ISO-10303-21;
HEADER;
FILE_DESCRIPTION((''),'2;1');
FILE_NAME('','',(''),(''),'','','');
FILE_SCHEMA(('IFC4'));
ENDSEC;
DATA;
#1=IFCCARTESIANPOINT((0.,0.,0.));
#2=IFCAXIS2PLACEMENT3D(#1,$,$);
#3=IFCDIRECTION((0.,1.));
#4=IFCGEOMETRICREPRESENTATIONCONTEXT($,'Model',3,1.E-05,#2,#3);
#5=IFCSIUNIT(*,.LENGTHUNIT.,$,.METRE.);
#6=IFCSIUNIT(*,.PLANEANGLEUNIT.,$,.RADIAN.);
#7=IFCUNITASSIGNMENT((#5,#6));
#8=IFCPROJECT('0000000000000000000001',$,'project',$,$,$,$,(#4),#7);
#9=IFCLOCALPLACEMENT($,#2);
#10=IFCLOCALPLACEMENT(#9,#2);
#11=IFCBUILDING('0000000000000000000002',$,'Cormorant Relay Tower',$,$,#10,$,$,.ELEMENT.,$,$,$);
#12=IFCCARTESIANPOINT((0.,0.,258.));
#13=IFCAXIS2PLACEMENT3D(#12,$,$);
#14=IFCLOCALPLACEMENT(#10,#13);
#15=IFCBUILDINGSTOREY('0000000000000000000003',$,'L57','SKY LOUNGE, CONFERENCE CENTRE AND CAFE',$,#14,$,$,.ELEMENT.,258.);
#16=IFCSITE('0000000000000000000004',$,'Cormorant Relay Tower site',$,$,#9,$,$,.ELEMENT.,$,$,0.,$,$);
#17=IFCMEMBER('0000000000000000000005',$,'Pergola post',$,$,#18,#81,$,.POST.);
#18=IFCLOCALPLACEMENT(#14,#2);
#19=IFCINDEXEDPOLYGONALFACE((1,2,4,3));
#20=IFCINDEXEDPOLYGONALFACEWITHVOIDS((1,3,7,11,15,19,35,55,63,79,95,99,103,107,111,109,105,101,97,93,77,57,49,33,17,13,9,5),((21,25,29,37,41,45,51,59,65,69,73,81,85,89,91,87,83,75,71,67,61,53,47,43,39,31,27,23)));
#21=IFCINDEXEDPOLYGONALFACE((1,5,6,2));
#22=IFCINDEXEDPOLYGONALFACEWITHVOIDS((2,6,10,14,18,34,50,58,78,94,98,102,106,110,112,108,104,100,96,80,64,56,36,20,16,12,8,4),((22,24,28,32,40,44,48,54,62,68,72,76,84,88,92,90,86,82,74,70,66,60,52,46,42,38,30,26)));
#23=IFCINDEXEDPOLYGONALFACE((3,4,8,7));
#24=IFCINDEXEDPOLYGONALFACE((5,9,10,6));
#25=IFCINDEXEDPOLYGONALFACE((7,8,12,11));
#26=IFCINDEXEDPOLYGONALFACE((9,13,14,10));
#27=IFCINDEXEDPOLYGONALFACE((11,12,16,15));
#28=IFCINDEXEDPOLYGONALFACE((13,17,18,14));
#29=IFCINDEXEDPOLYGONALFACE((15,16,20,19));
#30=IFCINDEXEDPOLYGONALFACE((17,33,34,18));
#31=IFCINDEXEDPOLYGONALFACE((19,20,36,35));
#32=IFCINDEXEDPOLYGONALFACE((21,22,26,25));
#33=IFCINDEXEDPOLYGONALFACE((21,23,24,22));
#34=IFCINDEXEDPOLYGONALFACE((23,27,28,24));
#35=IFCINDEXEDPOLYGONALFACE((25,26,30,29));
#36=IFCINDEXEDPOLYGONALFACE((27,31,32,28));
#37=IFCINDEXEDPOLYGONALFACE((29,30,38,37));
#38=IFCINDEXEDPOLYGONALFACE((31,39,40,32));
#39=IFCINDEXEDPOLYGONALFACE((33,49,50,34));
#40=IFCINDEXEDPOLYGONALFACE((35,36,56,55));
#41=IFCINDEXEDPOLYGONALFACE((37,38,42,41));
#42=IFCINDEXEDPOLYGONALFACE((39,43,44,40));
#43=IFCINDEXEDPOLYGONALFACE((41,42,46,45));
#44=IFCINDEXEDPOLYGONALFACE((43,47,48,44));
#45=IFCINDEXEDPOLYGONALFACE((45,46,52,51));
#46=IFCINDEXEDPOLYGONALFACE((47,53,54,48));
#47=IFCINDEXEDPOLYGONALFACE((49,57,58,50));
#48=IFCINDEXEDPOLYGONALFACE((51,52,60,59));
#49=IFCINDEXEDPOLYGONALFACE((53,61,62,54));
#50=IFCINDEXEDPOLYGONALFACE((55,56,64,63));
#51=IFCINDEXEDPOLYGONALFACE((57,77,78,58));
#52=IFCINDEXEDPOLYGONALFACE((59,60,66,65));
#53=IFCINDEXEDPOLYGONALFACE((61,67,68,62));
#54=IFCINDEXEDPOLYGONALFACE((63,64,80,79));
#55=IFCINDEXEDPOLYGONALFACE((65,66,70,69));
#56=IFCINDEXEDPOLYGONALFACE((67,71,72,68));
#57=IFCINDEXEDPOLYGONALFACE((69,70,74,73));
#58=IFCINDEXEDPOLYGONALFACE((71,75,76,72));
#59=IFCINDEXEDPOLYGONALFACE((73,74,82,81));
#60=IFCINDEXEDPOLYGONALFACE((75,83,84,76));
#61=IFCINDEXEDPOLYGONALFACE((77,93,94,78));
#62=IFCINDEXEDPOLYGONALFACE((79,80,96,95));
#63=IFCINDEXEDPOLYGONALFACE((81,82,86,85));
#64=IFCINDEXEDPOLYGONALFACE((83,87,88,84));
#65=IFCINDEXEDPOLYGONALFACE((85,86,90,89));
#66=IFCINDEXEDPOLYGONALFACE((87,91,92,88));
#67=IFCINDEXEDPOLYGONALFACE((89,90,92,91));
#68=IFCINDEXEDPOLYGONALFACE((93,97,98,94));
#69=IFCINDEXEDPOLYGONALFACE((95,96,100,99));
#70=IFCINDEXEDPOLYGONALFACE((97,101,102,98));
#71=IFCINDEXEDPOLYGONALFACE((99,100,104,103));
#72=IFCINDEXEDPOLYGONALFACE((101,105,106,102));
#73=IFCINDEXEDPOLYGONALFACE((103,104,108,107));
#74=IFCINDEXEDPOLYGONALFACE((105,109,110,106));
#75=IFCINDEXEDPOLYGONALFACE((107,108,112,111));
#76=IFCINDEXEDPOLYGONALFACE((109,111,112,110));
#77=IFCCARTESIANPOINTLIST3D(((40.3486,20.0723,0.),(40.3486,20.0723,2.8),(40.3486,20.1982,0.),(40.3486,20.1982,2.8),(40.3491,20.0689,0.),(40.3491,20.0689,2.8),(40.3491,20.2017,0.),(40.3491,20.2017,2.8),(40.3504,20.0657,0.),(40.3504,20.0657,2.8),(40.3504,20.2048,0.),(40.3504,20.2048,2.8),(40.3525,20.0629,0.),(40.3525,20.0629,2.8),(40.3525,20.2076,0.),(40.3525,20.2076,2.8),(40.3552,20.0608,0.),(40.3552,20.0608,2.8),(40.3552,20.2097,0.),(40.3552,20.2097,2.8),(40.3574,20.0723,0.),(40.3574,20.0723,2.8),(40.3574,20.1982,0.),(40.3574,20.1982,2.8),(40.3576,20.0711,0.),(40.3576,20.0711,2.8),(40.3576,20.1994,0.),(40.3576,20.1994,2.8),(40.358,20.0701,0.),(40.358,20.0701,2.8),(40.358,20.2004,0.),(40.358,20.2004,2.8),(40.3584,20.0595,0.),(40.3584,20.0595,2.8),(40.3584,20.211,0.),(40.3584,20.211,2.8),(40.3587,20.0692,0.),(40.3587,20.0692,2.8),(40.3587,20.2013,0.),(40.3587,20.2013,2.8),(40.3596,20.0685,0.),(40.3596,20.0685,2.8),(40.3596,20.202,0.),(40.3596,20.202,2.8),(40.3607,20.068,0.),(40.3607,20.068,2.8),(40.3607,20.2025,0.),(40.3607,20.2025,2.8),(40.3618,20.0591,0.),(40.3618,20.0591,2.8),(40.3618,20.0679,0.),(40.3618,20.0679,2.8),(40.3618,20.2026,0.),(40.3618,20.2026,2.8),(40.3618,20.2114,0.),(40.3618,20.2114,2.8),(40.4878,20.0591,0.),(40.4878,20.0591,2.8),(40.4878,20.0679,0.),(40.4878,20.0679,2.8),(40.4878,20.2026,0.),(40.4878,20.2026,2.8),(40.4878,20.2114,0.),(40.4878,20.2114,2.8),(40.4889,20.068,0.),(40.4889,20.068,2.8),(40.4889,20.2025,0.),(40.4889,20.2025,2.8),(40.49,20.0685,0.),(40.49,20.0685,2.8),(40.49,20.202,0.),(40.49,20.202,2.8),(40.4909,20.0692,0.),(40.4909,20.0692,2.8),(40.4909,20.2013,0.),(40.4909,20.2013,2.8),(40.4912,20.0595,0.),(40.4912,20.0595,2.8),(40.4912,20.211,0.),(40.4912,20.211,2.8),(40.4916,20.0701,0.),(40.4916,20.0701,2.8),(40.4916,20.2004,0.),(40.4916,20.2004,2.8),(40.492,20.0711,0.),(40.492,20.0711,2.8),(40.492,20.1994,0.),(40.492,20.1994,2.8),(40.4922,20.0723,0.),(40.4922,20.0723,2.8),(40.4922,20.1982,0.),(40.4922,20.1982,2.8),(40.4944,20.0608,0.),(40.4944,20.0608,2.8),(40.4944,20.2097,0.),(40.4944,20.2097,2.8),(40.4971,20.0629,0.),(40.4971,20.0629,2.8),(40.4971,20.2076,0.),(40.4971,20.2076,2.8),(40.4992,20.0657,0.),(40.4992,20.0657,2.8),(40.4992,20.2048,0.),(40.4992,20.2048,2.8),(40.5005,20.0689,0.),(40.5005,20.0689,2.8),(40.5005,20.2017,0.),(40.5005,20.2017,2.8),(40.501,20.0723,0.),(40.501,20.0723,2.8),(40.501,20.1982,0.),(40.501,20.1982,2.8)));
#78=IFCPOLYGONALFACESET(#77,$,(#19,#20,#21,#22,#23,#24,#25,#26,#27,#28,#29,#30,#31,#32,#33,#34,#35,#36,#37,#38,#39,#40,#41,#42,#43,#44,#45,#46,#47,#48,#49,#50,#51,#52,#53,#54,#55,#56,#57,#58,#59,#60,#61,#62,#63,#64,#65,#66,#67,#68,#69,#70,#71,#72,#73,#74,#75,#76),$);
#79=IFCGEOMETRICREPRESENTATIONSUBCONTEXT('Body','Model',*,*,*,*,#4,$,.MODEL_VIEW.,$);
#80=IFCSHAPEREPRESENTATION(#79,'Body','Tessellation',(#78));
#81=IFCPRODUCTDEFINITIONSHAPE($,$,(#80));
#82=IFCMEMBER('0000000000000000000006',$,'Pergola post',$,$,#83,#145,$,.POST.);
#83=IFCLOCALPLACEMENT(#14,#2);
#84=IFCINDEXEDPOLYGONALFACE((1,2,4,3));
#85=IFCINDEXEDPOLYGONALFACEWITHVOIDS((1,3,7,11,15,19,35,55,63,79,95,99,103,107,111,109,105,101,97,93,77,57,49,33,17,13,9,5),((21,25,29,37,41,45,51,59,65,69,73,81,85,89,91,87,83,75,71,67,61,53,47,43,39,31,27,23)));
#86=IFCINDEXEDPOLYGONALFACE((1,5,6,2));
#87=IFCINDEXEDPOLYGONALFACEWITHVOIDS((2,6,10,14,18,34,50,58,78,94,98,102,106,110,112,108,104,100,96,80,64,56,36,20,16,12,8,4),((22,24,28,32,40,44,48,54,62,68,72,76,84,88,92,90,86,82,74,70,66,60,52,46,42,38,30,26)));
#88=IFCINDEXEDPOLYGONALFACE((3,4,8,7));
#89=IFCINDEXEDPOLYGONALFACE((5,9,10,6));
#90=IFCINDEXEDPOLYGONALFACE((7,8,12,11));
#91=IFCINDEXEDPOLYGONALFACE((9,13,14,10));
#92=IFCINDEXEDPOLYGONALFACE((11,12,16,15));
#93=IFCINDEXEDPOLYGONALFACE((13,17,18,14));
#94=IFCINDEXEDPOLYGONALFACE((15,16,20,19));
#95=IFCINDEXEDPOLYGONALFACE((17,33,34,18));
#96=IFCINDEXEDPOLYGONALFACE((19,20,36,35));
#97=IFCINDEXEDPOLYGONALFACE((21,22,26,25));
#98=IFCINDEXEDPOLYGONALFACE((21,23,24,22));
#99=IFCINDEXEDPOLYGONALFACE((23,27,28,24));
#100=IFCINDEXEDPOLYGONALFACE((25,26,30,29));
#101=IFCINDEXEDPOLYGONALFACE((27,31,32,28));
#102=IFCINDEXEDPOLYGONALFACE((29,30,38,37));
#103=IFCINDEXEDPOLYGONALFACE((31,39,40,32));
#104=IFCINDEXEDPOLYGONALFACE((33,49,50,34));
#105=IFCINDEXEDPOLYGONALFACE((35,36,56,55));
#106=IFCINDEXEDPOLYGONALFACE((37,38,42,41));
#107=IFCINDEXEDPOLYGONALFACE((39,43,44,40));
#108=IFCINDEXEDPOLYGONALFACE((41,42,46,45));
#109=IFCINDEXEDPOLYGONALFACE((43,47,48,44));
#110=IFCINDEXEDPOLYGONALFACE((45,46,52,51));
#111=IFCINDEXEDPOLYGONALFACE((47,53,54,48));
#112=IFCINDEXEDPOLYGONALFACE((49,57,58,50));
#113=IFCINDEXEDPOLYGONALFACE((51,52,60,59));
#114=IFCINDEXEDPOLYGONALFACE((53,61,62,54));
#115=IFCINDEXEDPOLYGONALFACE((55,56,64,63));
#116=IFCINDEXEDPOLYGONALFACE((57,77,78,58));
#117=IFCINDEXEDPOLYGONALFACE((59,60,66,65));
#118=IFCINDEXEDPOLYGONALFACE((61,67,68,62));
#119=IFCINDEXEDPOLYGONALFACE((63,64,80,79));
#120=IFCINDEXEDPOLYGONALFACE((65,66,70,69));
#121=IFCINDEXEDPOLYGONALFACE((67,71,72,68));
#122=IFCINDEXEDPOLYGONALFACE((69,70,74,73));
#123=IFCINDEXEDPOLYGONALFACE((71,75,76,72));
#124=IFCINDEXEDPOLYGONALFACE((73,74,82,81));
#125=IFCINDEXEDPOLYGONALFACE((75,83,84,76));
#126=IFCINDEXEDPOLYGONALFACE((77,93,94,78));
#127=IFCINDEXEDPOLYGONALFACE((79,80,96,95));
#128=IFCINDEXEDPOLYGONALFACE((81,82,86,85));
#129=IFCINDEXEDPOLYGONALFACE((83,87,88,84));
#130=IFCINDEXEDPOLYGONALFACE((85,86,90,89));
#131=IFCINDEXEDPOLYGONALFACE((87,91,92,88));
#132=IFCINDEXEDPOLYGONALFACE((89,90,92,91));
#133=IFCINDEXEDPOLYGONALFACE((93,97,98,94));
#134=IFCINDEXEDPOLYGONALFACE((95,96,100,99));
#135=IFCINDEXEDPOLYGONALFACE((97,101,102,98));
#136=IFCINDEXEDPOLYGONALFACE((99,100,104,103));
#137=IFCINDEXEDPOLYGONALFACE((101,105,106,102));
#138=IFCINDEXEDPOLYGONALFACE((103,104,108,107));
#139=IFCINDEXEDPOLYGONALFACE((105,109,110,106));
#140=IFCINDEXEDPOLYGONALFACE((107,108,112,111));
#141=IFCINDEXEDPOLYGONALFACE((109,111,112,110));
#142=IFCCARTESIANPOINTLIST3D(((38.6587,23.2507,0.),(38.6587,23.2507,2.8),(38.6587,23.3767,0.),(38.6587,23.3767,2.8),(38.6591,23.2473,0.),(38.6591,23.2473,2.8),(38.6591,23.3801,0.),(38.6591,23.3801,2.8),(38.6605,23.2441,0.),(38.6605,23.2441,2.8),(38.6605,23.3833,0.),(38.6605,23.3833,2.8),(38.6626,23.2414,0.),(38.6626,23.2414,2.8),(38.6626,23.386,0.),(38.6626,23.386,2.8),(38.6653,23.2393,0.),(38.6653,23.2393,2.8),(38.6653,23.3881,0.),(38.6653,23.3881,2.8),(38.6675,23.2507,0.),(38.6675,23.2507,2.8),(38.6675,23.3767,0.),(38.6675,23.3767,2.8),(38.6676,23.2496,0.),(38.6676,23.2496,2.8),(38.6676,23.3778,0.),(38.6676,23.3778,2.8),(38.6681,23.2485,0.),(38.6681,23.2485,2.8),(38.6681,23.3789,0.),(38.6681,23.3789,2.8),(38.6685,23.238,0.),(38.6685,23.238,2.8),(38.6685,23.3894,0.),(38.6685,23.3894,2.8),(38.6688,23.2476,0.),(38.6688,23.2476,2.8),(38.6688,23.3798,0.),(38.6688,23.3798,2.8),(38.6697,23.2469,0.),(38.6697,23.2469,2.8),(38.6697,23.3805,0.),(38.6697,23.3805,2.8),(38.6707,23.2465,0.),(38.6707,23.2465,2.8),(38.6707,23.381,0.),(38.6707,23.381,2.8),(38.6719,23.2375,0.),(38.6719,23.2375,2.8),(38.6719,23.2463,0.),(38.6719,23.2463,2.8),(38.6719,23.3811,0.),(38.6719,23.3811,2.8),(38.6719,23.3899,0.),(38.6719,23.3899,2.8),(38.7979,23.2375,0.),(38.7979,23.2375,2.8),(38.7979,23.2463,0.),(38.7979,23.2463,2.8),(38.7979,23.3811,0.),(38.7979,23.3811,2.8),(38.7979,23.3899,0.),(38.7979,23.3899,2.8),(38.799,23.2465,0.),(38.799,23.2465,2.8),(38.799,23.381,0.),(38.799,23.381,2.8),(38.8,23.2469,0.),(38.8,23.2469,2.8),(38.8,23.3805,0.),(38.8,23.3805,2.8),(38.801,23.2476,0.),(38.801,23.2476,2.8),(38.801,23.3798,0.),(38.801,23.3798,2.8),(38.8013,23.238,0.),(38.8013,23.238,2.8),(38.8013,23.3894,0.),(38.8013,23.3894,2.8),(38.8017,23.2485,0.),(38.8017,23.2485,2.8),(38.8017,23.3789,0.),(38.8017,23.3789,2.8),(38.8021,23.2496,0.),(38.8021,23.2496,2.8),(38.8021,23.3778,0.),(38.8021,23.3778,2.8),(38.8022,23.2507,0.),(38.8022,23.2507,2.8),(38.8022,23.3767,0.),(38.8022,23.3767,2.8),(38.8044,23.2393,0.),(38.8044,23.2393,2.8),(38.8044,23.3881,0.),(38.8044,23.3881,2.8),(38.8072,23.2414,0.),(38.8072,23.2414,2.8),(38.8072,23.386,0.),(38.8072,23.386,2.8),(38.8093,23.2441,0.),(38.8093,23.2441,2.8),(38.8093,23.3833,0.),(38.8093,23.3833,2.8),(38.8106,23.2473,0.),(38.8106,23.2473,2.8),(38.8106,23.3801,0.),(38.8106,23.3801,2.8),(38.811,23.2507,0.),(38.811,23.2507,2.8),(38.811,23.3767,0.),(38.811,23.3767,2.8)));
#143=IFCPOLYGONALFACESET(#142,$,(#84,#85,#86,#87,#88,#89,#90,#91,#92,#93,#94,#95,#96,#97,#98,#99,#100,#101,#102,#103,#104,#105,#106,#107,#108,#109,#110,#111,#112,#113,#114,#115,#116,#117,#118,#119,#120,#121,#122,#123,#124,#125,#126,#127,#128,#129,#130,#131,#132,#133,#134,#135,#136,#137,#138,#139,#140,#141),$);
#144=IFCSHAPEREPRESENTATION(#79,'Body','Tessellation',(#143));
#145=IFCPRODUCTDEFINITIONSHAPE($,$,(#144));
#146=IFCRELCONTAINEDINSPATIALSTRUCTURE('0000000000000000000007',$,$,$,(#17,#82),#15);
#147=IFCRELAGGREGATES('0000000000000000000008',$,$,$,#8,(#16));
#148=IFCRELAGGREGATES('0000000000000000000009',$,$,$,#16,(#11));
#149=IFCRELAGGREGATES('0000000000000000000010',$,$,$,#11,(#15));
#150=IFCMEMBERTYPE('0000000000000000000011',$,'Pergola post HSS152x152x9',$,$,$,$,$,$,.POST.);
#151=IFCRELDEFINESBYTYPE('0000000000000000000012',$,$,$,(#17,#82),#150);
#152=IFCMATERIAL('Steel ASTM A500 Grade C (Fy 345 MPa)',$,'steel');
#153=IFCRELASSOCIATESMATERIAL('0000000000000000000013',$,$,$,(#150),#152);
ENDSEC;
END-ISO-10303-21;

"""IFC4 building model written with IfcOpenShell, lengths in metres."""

from ifc_helpers import new_model, si_unit, direction, frame, origin, origin_2d, place, context, subcontext, project, spatial, hollow_rectangle, extrude, material, material_profile, profile_set, type_object, element, save


model = new_model("IFC4")

# Units and contexts
model_context = context("Model", 3, precision=1e-05, world=origin(), true_north=direction((0.0, 1.0)))
body_context = subcontext(model_context, "Body", "Model", "MODEL_VIEW")
ifc_project = project(units=[si_unit("LENGTHUNIT", "METRE"), si_unit("PLANEANGLEUNIT", "RADIAN")], contexts=[model_context])

# Site, building, storey
site_placement = place(None, origin())
site = spatial("IfcSite", under=ifc_project, at=site_placement, Name="Cormorant Relay Tower site", CompositionType="ELEMENT", RefElevation=0.0)
building_placement = place(site_placement, origin())
building = spatial("IfcBuilding", under=site, at=building_placement, Name="Cormorant Relay Tower", CompositionType="ELEMENT")
storey_placement = place(building_placement, frame((0.0, 0.0, 258.0)))
storey = spatial("IfcBuildingStorey", under=building, at=storey_placement, Name="L57", Description="SKY LOUNGE, CONFERENCE CENTRE AND CAFE", CompositionType="ELEMENT", Elevation=258.0)

# Members
ifc_material_1 = material(Name="Steel ASTM A500 Grade C (Fy 345 MPa)", Category="steel")
ifc_material_profile_1 = material_profile(ifc_material_1, hollow_rectangle(XDim=0.1523, YDim=0.1523, WallThickness=0.0088, InnerFilletRadius=0.0044, OuterFilletRadius=0.0132, at=origin_2d()), Name="HSS152x152x9")
ifc_profile_set_1 = profile_set([ifc_material_profile_1], Name="Steel ASTM A500 Grade C (Fy 345 MPa)")
member_type_1 = type_object("IfcMemberType", Name="Pergola post HSS152x152x9", PredefinedType="POST", material=ifc_profile_set_1)
for number, where, z_axis, x_axis, name in (
    (1, (40.4248, 20.1353, 0.0), (0.0, 0.0, 1.0), (1.0, 0.0, 0.0), "Pergola post"),
    (2, (38.7349, 23.3137, 0.0), (0.0, 0.0, 1.0), (1.0, 0.0, 0.0), "Pergola post"),
):
    element("IfcMember", number, at=place(storey_placement, frame(where, z_axis=z_axis, x_axis=x_axis)), inside=storey, type_object=member_type_1, Name=name, PredefinedType="POST", context=body_context, shape_type="SweptSolid", body=[
        extrude(hollow_rectangle(XDim=0.1523, YDim=0.1523, WallThickness=0.0088, InnerFilletRadius=0.0044, OuterFilletRadius=0.0132, at=origin_2d()), origin(), (0.0, 0.0, 1.0), 2.8),
    ])

save(model, "model.ifc")
